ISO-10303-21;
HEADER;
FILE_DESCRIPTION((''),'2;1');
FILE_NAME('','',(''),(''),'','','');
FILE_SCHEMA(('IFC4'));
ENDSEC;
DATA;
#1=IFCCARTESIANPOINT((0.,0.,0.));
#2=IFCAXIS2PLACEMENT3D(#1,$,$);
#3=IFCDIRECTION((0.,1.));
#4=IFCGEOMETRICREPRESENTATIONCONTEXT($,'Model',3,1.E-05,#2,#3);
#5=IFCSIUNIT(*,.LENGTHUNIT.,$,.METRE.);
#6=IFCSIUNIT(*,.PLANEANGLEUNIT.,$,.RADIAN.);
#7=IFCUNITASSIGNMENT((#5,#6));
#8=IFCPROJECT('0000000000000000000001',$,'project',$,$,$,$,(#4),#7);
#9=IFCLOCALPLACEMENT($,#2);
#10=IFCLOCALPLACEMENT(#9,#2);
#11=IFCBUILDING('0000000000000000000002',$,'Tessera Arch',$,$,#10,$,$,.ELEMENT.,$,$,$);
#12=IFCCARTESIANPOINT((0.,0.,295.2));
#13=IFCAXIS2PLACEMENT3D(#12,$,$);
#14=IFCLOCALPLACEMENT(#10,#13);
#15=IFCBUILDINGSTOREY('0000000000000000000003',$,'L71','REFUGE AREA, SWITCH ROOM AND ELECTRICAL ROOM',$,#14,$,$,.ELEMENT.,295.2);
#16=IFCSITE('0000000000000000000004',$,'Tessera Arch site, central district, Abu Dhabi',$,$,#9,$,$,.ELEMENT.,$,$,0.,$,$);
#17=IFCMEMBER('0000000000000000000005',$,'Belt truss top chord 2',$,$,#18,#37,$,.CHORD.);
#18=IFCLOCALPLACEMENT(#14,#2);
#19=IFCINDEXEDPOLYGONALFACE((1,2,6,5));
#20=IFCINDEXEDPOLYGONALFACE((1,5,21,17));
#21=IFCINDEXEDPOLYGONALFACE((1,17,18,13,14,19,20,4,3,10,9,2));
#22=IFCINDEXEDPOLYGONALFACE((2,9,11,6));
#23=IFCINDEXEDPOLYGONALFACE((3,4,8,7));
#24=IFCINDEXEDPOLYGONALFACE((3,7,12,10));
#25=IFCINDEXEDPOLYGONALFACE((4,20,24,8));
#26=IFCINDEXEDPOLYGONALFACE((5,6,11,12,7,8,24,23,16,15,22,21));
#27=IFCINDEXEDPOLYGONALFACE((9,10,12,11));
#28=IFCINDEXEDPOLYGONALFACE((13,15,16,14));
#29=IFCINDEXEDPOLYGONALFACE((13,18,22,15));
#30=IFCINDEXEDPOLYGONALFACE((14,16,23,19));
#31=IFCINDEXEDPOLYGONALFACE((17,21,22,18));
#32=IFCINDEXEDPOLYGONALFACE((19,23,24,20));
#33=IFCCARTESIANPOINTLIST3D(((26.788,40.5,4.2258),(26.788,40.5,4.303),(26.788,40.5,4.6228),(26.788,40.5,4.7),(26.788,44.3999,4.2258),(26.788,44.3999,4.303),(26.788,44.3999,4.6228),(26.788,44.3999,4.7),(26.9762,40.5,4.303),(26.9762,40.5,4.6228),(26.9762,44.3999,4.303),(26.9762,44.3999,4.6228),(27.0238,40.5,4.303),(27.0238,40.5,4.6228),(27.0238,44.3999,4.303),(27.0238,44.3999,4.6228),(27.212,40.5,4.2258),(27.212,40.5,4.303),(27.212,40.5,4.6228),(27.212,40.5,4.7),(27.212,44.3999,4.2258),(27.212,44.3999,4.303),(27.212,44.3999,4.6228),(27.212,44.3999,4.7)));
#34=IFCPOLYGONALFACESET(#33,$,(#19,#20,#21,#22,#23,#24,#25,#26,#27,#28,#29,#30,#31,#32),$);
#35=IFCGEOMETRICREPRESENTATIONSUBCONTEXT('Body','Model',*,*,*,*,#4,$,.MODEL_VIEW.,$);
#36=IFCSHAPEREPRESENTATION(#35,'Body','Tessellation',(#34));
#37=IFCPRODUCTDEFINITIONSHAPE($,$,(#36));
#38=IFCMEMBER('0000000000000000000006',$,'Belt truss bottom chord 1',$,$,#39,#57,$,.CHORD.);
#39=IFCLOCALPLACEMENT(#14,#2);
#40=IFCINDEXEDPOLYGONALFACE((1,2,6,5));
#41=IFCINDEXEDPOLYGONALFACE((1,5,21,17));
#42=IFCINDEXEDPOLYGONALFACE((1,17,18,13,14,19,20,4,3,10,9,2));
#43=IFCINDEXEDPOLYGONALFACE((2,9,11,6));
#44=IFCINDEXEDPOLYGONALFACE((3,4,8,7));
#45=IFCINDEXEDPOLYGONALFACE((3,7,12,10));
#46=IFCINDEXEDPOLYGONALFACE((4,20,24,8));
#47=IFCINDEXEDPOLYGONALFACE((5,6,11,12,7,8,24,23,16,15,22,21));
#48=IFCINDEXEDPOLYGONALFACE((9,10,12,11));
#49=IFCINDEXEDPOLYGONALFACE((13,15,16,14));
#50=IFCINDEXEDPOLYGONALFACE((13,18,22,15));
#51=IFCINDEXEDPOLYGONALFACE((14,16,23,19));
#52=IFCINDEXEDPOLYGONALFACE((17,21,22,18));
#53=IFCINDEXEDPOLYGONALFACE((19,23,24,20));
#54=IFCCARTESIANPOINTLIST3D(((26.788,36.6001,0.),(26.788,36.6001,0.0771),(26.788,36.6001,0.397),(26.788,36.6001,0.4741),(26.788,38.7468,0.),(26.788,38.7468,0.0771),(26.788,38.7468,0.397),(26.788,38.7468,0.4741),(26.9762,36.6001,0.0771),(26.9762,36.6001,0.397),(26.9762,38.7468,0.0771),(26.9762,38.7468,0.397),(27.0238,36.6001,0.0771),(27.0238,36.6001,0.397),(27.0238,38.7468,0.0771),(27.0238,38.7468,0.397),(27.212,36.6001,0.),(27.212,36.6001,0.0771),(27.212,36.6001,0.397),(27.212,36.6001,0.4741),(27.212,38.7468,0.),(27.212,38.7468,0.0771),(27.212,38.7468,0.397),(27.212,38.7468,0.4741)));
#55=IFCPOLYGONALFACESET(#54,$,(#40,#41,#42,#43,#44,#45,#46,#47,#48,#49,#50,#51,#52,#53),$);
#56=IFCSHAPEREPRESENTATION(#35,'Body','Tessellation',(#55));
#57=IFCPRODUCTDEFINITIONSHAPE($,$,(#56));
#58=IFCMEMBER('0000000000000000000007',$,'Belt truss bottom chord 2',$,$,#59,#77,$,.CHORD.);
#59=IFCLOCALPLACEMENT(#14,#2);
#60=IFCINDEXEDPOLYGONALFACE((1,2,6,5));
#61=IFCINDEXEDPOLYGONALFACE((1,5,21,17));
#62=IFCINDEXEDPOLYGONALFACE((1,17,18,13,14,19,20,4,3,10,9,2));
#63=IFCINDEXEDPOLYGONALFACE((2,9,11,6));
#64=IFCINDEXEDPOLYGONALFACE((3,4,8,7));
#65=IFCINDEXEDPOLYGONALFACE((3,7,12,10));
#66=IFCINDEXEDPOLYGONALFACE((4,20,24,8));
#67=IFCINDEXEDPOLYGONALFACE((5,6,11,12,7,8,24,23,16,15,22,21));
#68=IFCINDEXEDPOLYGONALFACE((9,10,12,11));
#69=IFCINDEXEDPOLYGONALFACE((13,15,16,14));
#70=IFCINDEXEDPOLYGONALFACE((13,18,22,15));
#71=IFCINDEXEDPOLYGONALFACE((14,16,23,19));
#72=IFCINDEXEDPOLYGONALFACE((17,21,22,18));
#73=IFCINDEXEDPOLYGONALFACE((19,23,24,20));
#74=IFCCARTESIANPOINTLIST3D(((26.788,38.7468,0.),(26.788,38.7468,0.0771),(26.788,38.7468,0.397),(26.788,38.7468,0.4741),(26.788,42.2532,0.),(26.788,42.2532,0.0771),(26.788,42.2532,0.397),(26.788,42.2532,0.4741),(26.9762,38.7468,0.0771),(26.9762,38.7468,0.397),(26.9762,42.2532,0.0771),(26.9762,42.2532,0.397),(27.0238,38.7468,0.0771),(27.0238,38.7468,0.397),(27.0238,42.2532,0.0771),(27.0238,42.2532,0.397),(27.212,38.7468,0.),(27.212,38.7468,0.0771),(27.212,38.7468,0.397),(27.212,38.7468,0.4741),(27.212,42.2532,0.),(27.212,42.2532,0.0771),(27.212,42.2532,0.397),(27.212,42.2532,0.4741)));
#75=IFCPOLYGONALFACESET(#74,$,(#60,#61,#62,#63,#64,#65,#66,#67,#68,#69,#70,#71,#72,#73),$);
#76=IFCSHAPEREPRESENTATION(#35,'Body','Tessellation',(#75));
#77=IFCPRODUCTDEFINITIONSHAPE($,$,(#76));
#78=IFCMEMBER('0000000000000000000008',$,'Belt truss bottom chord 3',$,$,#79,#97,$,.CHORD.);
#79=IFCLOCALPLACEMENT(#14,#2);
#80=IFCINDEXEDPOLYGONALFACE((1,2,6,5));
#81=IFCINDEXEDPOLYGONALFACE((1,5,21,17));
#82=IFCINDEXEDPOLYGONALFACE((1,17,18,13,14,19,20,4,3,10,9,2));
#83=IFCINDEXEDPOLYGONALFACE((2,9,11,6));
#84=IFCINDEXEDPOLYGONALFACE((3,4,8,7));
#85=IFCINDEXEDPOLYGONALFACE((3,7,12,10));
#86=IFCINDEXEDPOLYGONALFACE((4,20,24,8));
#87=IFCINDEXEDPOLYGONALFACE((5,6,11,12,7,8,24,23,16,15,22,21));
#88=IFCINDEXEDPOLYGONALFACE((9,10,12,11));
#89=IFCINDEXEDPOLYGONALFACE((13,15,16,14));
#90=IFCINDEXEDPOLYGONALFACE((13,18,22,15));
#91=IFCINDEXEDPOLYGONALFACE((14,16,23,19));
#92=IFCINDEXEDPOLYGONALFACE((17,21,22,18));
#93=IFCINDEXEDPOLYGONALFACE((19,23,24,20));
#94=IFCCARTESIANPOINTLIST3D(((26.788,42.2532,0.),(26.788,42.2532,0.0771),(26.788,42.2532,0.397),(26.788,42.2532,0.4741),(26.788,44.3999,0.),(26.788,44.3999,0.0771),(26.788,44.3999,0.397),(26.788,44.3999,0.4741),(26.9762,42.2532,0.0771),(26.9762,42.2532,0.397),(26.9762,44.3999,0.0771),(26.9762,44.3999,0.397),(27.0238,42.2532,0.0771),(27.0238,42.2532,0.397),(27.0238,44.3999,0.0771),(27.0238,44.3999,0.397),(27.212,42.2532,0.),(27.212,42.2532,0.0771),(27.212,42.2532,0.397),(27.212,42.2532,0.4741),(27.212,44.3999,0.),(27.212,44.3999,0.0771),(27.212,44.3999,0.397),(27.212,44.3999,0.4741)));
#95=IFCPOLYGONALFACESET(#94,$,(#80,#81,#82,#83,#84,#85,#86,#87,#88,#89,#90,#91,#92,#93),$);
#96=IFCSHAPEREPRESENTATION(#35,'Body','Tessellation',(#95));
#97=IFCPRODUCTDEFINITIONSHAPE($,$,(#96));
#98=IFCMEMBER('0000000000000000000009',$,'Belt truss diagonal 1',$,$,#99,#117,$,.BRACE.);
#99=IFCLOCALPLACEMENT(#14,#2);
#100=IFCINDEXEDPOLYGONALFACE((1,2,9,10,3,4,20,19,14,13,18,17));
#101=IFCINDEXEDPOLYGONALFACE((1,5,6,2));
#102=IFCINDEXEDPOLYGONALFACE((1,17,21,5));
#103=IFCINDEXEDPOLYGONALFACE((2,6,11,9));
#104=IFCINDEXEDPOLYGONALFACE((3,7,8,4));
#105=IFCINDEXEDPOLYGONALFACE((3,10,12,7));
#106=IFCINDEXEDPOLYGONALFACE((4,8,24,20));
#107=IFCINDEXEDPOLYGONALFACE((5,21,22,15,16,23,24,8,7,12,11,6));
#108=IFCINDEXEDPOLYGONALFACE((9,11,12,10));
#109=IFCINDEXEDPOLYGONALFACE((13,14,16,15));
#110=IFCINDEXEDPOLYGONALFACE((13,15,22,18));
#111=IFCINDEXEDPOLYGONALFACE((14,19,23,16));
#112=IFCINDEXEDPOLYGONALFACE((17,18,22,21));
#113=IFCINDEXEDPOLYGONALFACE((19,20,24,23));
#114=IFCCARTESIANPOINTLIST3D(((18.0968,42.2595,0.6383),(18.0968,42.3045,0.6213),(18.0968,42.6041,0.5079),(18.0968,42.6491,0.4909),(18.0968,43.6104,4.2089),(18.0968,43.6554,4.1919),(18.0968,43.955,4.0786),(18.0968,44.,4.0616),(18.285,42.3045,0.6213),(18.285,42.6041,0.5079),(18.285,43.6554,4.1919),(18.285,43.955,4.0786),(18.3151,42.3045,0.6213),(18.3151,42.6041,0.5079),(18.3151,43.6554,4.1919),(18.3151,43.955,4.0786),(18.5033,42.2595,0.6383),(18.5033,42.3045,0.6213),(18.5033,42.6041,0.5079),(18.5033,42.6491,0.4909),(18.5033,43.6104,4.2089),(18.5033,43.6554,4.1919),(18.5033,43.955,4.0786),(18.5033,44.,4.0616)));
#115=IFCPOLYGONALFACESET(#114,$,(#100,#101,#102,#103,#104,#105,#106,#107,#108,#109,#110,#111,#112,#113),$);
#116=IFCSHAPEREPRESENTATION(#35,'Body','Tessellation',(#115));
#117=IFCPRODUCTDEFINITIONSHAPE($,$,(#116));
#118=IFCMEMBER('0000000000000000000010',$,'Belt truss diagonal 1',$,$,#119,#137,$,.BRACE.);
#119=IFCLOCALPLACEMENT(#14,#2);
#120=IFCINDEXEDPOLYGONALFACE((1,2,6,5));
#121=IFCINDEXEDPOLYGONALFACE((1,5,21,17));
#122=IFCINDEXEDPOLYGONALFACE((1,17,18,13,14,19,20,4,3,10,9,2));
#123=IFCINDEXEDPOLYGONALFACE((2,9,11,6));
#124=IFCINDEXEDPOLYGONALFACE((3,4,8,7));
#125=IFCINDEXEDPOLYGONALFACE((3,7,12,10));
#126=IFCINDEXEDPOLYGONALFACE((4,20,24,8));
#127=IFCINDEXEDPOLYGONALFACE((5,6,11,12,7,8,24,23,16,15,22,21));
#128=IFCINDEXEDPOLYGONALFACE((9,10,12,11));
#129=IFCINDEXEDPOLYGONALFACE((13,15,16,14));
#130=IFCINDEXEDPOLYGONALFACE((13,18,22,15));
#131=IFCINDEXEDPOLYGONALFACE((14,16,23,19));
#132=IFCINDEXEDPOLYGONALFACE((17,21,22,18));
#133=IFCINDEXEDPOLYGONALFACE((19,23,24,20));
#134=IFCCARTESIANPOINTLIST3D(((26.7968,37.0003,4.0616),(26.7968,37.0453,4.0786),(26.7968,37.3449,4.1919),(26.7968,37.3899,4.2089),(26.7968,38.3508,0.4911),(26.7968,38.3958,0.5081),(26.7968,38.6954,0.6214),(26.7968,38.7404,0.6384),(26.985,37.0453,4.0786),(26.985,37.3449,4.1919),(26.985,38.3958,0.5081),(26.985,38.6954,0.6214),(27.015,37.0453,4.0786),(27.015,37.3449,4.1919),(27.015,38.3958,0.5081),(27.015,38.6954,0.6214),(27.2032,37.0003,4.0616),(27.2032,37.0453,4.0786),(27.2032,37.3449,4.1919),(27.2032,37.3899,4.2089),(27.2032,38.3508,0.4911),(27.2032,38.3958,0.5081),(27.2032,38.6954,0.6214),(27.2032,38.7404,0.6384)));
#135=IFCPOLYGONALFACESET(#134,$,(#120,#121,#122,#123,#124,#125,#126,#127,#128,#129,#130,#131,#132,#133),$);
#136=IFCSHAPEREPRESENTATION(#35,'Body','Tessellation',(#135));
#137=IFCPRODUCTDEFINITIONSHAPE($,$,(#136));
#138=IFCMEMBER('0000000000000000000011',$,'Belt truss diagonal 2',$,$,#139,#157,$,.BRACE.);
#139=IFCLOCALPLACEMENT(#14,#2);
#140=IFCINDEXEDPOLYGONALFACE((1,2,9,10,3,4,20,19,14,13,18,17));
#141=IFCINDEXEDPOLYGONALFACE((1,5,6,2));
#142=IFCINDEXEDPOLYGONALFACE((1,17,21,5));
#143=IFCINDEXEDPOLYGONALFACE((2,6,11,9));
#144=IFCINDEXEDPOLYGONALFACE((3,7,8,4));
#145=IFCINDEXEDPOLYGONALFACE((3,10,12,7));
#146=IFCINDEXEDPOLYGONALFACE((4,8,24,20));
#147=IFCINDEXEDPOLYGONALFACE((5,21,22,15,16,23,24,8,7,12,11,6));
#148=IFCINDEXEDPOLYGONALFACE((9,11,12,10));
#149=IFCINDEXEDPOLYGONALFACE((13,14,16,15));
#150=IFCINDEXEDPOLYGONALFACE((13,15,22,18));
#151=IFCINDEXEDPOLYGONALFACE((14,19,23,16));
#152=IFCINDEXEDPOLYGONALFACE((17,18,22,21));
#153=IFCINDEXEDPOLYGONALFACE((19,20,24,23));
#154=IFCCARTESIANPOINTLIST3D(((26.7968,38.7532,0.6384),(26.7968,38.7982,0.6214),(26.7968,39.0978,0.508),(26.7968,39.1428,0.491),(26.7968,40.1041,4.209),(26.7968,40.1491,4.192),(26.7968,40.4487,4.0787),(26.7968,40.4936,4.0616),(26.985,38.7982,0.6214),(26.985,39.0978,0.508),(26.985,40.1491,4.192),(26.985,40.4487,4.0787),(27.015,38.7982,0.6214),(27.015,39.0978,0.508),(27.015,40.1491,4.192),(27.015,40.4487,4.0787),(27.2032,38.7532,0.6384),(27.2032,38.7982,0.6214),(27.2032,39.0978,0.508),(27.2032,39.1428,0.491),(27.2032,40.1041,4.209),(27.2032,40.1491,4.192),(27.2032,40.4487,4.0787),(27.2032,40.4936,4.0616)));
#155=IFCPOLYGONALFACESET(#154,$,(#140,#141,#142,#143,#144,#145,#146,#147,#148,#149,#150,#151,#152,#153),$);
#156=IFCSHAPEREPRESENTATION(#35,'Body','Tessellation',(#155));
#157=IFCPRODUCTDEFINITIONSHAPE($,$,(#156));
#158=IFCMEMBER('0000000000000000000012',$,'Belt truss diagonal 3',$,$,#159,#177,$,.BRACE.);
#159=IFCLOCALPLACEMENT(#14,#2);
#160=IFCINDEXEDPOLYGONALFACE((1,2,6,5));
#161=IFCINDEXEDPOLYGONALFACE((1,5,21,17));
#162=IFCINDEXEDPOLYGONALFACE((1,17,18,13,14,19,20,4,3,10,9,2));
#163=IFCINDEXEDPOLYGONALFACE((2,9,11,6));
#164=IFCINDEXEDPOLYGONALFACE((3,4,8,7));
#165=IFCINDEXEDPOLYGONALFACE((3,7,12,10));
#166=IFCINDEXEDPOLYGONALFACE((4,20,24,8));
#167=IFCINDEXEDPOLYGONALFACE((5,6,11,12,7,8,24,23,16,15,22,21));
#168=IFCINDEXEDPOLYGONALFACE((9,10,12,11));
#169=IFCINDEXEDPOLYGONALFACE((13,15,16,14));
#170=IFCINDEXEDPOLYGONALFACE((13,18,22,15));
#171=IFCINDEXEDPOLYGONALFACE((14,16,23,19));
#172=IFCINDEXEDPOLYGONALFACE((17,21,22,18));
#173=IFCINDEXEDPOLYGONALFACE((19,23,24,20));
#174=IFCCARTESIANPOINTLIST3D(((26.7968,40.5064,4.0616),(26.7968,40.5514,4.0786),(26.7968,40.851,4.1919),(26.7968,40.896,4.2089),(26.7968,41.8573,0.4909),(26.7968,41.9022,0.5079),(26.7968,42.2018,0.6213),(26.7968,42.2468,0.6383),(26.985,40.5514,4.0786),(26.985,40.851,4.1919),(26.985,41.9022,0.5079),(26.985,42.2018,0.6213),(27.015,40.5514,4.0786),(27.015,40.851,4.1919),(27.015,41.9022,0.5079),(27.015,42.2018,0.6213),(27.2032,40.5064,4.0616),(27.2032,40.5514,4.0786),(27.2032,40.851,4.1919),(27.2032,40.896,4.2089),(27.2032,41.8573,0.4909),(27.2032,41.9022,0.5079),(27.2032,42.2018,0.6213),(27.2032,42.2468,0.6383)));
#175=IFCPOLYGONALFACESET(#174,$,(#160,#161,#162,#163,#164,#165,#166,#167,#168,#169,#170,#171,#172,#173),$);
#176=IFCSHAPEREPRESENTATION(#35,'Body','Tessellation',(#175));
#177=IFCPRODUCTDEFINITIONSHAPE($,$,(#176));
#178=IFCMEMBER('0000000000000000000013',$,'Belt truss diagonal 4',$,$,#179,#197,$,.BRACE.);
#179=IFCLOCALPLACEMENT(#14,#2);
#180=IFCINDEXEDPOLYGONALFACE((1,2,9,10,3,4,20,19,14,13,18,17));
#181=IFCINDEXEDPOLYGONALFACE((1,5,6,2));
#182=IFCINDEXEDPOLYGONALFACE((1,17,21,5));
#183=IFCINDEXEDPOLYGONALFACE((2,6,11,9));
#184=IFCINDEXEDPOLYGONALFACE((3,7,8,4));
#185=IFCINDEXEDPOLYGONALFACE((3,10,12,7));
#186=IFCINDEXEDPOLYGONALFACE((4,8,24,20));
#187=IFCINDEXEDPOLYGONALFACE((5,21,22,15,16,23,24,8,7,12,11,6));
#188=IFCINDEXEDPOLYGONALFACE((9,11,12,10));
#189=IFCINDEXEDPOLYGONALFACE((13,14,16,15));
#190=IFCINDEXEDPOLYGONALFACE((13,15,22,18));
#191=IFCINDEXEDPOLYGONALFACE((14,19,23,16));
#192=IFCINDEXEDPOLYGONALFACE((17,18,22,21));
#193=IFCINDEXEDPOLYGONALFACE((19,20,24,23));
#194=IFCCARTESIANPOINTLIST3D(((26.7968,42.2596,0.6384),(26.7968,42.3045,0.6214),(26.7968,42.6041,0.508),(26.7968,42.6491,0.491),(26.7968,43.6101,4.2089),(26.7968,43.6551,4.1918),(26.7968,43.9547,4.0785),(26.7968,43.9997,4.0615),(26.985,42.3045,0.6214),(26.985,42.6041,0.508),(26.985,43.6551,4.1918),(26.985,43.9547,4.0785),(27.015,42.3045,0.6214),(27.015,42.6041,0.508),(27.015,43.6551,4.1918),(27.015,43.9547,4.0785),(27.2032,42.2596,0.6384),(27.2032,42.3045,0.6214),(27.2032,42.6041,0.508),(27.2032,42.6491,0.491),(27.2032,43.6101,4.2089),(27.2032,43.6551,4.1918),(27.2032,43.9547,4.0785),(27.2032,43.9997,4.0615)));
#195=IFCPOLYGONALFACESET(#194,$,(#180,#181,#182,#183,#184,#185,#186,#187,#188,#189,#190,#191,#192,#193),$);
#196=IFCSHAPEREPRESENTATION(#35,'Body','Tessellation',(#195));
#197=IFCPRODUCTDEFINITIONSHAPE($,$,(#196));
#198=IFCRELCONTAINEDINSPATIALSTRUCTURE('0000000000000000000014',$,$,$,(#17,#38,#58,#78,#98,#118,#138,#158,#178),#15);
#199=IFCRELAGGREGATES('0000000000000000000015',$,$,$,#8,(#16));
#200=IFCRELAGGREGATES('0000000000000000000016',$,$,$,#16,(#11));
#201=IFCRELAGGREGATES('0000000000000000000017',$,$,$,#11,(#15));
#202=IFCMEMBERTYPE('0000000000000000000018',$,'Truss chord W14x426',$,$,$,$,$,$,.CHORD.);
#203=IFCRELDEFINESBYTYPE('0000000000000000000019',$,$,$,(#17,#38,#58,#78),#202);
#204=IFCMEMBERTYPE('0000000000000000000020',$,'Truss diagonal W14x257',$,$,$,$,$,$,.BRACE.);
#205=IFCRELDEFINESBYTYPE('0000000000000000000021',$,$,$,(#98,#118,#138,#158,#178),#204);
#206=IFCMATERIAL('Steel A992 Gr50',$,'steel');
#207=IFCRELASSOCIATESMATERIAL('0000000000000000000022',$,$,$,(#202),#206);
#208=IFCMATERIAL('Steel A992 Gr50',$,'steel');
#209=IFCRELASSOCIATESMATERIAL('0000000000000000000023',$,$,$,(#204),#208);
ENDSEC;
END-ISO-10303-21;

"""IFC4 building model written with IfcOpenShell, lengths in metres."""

from ifc_helpers import new_model, si_unit, direction, frame, origin, origin_2d, place, context, subcontext, project, spatial, i_section, extrude, material, material_profile, profile_set, type_object, element, save


model = new_model("IFC4")

# Units and contexts
model_context = context("Model", 3, precision=1e-05, world=origin(), true_north=direction((0.0, 1.0)))
body_context = subcontext(model_context, "Body", "Model", "MODEL_VIEW")
ifc_project = project(units=[si_unit("LENGTHUNIT", "METRE"), si_unit("PLANEANGLEUNIT", "RADIAN")], contexts=[model_context])

# Site, building, storey
site_placement = place(None, origin())
site = spatial("IfcSite", under=ifc_project, at=site_placement, Name="Tessera Arch site, central district, Abu Dhabi", CompositionType="ELEMENT", RefElevation=0.0)
building_placement = place(site_placement, origin())
building = spatial("IfcBuilding", under=site, at=building_placement, Name="Tessera Arch", CompositionType="ELEMENT")
storey_placement = place(building_placement, frame((0.0, 0.0, 295.2)))
storey = spatial("IfcBuildingStorey", under=building, at=storey_placement, Name="L71", Description="REFUGE AREA, SWITCH ROOM AND ELECTRICAL ROOM", CompositionType="ELEMENT", Elevation=295.2)

# Members
ifc_material_1 = material(Name="Steel A992 Gr50", Category="steel")
ifc_material_profile_1 = material_profile(ifc_material_1, i_section(OverallWidth=0.4241, OverallDepth=0.4741, WebThickness=0.0476, FlangeThickness=0.0771, at=origin_2d()), Name="W14x426")
ifc_profile_set_1 = profile_set([ifc_material_profile_1], Name="Steel A992 Gr50")
member_type_1 = type_object("IfcMemberType", Name="Truss chord W14x426", PredefinedType="CHORD", material=ifc_profile_set_1)
member_1_placement = place(storey_placement, frame((27.0, 40.5, 4.4629), z_axis=(0.0, 1.0, 0.0), x_axis=(-1.0, 0.0, 0.0)))
element("IfcMember", 1, at=member_1_placement, inside=storey, type_object=member_type_1, Name="Belt truss top chord 2", PredefinedType="CHORD", context=body_context, shape_type="SweptSolid", body=[
    extrude(i_section(OverallWidth=0.4241, OverallDepth=0.4741, WebThickness=0.0476, FlangeThickness=0.0771, at=origin_2d()), origin(), (0.0, 0.0, 1.0), 3.8999),
])
member_2_placement = place(storey_placement, frame((27.0, 36.6001, 0.2371), z_axis=(0.0, 1.0, 0.0), x_axis=(-1.0, 0.0, 0.0)))
element("IfcMember", 2, at=member_2_placement, inside=storey, type_object=member_type_1, Name="Belt truss bottom chord 1", PredefinedType="CHORD", context=body_context, shape_type="SweptSolid", body=[
    extrude(i_section(OverallWidth=0.4241, OverallDepth=0.4741, WebThickness=0.0476, FlangeThickness=0.0771, at=origin_2d()), origin(), (0.0, 0.0, 1.0), 2.1467),
])
member_3_placement = place(storey_placement, frame((27.0, 38.7468, 0.2371), z_axis=(0.0, 1.0, 0.0), x_axis=(-1.0, 0.0, 0.0)))
element("IfcMember", 3, at=member_3_placement, inside=storey, type_object=member_type_1, Name="Belt truss bottom chord 2", PredefinedType="CHORD", context=body_context, shape_type="SweptSolid", body=[
    extrude(i_section(OverallWidth=0.4241, OverallDepth=0.4741, WebThickness=0.0476, FlangeThickness=0.0771, at=origin_2d()), origin(), (0.0, 0.0, 1.0), 3.5063),
])
member_4_placement = place(storey_placement, frame((27.0, 42.2532, 0.2371), z_axis=(0.0, 1.0, 0.0), x_axis=(-1.0, 0.0, 0.0)))
element("IfcMember", 4, at=member_4_placement, inside=storey, type_object=member_type_1, Name="Belt truss bottom chord 3", PredefinedType="CHORD", context=body_context, shape_type="SweptSolid", body=[
    extrude(i_section(OverallWidth=0.4241, OverallDepth=0.4741, WebThickness=0.0476, FlangeThickness=0.0771, at=origin_2d()), origin(), (0.0, 0.0, 1.0), 2.1467),
])
ifc_material_2 = material(Name="Steel A992 Gr50", Category="steel")
ifc_material_profile_2 = material_profile(ifc_material_2, i_section(OverallWidth=0.4065, OverallDepth=0.4165, WebThickness=0.03, FlangeThickness=0.0481, at=origin_2d()), Name="W14x257")
ifc_profile_set_2 = profile_set([ifc_material_profile_2], Name="Steel A992 Gr50")
member_type_2 = type_object("IfcMemberType", Name="Truss diagonal W14x257", PredefinedType="BRACE", material=ifc_profile_set_2)
member_5_placement = place(storey_placement, frame((18.3, 43.8052, 4.1353), z_axis=(0.0, -0.353848, -0.935303), x_axis=(1.0, 0.0, 0.0)))
element("IfcMember", 5, at=member_5_placement, inside=storey, type_object=member_type_2, Name="Belt truss diagonal 1", PredefinedType="BRACE", context=body_context, shape_type="SweptSolid", body=[
    extrude(i_section(OverallWidth=0.4065, OverallDepth=0.4165, WebThickness=0.03, FlangeThickness=0.0481, at=origin_2d()), origin(), (0.0, 0.0, 1.0), 3.8176),
])
member_6_placement = place(storey_placement, frame((27.0, 37.1951, 4.1353), z_axis=(0.0, 0.353792, -0.935324), x_axis=(-1.0, 0.0, 0.0)))
element("IfcMember", 6, at=member_6_placement, inside=storey, type_object=member_type_2, Name="Belt truss diagonal 1", PredefinedType="BRACE", context=body_context, shape_type="SweptSolid", body=[
    extrude(i_section(OverallWidth=0.4065, OverallDepth=0.4165, WebThickness=0.03, FlangeThickness=0.0481, at=origin_2d()), origin(), (0.0, 0.0, 1.0), 3.8174),
])
for number, where, z_axis, x_axis, name in (
    (7, (27.0, 38.948, 0.5647), (0.0, 0.353848, 0.935303), (-1.0, 0.0, 0.0), "Belt truss diagonal 2"),
    (8, (27.0, 40.7012, 4.1353), (0.0, 0.353848, -0.935303), (-1.0, 0.0, 0.0), "Belt truss diagonal 3"),
):
    element("IfcMember", number, at=place(storey_placement, frame(where, z_axis=z_axis, x_axis=x_axis)), inside=storey, type_object=member_type_2, Name=name, PredefinedType="BRACE", context=body_context, shape_type="SweptSolid", body=[
        extrude(i_section(OverallWidth=0.4065, OverallDepth=0.4165, WebThickness=0.03, FlangeThickness=0.0481, at=origin_2d()), origin(), (0.0, 0.0, 1.0), 3.8176),
    ])
member_7_placement = place(storey_placement, frame((27.0, 42.4543, 0.5647), z_axis=(0.0, 0.353792, 0.935324), x_axis=(-1.0, 0.0, 0.0)))
element("IfcMember", 9, at=member_7_placement, inside=storey, type_object=member_type_2, Name="Belt truss diagonal 4", PredefinedType="BRACE", context=body_context, shape_type="SweptSolid", body=[
    extrude(i_section(OverallWidth=0.4065, OverallDepth=0.4165, WebThickness=0.03, FlangeThickness=0.0481, at=origin_2d()), origin(), (0.0, 0.0, 1.0), 3.8174),
])

save(model, "model.ifc")
